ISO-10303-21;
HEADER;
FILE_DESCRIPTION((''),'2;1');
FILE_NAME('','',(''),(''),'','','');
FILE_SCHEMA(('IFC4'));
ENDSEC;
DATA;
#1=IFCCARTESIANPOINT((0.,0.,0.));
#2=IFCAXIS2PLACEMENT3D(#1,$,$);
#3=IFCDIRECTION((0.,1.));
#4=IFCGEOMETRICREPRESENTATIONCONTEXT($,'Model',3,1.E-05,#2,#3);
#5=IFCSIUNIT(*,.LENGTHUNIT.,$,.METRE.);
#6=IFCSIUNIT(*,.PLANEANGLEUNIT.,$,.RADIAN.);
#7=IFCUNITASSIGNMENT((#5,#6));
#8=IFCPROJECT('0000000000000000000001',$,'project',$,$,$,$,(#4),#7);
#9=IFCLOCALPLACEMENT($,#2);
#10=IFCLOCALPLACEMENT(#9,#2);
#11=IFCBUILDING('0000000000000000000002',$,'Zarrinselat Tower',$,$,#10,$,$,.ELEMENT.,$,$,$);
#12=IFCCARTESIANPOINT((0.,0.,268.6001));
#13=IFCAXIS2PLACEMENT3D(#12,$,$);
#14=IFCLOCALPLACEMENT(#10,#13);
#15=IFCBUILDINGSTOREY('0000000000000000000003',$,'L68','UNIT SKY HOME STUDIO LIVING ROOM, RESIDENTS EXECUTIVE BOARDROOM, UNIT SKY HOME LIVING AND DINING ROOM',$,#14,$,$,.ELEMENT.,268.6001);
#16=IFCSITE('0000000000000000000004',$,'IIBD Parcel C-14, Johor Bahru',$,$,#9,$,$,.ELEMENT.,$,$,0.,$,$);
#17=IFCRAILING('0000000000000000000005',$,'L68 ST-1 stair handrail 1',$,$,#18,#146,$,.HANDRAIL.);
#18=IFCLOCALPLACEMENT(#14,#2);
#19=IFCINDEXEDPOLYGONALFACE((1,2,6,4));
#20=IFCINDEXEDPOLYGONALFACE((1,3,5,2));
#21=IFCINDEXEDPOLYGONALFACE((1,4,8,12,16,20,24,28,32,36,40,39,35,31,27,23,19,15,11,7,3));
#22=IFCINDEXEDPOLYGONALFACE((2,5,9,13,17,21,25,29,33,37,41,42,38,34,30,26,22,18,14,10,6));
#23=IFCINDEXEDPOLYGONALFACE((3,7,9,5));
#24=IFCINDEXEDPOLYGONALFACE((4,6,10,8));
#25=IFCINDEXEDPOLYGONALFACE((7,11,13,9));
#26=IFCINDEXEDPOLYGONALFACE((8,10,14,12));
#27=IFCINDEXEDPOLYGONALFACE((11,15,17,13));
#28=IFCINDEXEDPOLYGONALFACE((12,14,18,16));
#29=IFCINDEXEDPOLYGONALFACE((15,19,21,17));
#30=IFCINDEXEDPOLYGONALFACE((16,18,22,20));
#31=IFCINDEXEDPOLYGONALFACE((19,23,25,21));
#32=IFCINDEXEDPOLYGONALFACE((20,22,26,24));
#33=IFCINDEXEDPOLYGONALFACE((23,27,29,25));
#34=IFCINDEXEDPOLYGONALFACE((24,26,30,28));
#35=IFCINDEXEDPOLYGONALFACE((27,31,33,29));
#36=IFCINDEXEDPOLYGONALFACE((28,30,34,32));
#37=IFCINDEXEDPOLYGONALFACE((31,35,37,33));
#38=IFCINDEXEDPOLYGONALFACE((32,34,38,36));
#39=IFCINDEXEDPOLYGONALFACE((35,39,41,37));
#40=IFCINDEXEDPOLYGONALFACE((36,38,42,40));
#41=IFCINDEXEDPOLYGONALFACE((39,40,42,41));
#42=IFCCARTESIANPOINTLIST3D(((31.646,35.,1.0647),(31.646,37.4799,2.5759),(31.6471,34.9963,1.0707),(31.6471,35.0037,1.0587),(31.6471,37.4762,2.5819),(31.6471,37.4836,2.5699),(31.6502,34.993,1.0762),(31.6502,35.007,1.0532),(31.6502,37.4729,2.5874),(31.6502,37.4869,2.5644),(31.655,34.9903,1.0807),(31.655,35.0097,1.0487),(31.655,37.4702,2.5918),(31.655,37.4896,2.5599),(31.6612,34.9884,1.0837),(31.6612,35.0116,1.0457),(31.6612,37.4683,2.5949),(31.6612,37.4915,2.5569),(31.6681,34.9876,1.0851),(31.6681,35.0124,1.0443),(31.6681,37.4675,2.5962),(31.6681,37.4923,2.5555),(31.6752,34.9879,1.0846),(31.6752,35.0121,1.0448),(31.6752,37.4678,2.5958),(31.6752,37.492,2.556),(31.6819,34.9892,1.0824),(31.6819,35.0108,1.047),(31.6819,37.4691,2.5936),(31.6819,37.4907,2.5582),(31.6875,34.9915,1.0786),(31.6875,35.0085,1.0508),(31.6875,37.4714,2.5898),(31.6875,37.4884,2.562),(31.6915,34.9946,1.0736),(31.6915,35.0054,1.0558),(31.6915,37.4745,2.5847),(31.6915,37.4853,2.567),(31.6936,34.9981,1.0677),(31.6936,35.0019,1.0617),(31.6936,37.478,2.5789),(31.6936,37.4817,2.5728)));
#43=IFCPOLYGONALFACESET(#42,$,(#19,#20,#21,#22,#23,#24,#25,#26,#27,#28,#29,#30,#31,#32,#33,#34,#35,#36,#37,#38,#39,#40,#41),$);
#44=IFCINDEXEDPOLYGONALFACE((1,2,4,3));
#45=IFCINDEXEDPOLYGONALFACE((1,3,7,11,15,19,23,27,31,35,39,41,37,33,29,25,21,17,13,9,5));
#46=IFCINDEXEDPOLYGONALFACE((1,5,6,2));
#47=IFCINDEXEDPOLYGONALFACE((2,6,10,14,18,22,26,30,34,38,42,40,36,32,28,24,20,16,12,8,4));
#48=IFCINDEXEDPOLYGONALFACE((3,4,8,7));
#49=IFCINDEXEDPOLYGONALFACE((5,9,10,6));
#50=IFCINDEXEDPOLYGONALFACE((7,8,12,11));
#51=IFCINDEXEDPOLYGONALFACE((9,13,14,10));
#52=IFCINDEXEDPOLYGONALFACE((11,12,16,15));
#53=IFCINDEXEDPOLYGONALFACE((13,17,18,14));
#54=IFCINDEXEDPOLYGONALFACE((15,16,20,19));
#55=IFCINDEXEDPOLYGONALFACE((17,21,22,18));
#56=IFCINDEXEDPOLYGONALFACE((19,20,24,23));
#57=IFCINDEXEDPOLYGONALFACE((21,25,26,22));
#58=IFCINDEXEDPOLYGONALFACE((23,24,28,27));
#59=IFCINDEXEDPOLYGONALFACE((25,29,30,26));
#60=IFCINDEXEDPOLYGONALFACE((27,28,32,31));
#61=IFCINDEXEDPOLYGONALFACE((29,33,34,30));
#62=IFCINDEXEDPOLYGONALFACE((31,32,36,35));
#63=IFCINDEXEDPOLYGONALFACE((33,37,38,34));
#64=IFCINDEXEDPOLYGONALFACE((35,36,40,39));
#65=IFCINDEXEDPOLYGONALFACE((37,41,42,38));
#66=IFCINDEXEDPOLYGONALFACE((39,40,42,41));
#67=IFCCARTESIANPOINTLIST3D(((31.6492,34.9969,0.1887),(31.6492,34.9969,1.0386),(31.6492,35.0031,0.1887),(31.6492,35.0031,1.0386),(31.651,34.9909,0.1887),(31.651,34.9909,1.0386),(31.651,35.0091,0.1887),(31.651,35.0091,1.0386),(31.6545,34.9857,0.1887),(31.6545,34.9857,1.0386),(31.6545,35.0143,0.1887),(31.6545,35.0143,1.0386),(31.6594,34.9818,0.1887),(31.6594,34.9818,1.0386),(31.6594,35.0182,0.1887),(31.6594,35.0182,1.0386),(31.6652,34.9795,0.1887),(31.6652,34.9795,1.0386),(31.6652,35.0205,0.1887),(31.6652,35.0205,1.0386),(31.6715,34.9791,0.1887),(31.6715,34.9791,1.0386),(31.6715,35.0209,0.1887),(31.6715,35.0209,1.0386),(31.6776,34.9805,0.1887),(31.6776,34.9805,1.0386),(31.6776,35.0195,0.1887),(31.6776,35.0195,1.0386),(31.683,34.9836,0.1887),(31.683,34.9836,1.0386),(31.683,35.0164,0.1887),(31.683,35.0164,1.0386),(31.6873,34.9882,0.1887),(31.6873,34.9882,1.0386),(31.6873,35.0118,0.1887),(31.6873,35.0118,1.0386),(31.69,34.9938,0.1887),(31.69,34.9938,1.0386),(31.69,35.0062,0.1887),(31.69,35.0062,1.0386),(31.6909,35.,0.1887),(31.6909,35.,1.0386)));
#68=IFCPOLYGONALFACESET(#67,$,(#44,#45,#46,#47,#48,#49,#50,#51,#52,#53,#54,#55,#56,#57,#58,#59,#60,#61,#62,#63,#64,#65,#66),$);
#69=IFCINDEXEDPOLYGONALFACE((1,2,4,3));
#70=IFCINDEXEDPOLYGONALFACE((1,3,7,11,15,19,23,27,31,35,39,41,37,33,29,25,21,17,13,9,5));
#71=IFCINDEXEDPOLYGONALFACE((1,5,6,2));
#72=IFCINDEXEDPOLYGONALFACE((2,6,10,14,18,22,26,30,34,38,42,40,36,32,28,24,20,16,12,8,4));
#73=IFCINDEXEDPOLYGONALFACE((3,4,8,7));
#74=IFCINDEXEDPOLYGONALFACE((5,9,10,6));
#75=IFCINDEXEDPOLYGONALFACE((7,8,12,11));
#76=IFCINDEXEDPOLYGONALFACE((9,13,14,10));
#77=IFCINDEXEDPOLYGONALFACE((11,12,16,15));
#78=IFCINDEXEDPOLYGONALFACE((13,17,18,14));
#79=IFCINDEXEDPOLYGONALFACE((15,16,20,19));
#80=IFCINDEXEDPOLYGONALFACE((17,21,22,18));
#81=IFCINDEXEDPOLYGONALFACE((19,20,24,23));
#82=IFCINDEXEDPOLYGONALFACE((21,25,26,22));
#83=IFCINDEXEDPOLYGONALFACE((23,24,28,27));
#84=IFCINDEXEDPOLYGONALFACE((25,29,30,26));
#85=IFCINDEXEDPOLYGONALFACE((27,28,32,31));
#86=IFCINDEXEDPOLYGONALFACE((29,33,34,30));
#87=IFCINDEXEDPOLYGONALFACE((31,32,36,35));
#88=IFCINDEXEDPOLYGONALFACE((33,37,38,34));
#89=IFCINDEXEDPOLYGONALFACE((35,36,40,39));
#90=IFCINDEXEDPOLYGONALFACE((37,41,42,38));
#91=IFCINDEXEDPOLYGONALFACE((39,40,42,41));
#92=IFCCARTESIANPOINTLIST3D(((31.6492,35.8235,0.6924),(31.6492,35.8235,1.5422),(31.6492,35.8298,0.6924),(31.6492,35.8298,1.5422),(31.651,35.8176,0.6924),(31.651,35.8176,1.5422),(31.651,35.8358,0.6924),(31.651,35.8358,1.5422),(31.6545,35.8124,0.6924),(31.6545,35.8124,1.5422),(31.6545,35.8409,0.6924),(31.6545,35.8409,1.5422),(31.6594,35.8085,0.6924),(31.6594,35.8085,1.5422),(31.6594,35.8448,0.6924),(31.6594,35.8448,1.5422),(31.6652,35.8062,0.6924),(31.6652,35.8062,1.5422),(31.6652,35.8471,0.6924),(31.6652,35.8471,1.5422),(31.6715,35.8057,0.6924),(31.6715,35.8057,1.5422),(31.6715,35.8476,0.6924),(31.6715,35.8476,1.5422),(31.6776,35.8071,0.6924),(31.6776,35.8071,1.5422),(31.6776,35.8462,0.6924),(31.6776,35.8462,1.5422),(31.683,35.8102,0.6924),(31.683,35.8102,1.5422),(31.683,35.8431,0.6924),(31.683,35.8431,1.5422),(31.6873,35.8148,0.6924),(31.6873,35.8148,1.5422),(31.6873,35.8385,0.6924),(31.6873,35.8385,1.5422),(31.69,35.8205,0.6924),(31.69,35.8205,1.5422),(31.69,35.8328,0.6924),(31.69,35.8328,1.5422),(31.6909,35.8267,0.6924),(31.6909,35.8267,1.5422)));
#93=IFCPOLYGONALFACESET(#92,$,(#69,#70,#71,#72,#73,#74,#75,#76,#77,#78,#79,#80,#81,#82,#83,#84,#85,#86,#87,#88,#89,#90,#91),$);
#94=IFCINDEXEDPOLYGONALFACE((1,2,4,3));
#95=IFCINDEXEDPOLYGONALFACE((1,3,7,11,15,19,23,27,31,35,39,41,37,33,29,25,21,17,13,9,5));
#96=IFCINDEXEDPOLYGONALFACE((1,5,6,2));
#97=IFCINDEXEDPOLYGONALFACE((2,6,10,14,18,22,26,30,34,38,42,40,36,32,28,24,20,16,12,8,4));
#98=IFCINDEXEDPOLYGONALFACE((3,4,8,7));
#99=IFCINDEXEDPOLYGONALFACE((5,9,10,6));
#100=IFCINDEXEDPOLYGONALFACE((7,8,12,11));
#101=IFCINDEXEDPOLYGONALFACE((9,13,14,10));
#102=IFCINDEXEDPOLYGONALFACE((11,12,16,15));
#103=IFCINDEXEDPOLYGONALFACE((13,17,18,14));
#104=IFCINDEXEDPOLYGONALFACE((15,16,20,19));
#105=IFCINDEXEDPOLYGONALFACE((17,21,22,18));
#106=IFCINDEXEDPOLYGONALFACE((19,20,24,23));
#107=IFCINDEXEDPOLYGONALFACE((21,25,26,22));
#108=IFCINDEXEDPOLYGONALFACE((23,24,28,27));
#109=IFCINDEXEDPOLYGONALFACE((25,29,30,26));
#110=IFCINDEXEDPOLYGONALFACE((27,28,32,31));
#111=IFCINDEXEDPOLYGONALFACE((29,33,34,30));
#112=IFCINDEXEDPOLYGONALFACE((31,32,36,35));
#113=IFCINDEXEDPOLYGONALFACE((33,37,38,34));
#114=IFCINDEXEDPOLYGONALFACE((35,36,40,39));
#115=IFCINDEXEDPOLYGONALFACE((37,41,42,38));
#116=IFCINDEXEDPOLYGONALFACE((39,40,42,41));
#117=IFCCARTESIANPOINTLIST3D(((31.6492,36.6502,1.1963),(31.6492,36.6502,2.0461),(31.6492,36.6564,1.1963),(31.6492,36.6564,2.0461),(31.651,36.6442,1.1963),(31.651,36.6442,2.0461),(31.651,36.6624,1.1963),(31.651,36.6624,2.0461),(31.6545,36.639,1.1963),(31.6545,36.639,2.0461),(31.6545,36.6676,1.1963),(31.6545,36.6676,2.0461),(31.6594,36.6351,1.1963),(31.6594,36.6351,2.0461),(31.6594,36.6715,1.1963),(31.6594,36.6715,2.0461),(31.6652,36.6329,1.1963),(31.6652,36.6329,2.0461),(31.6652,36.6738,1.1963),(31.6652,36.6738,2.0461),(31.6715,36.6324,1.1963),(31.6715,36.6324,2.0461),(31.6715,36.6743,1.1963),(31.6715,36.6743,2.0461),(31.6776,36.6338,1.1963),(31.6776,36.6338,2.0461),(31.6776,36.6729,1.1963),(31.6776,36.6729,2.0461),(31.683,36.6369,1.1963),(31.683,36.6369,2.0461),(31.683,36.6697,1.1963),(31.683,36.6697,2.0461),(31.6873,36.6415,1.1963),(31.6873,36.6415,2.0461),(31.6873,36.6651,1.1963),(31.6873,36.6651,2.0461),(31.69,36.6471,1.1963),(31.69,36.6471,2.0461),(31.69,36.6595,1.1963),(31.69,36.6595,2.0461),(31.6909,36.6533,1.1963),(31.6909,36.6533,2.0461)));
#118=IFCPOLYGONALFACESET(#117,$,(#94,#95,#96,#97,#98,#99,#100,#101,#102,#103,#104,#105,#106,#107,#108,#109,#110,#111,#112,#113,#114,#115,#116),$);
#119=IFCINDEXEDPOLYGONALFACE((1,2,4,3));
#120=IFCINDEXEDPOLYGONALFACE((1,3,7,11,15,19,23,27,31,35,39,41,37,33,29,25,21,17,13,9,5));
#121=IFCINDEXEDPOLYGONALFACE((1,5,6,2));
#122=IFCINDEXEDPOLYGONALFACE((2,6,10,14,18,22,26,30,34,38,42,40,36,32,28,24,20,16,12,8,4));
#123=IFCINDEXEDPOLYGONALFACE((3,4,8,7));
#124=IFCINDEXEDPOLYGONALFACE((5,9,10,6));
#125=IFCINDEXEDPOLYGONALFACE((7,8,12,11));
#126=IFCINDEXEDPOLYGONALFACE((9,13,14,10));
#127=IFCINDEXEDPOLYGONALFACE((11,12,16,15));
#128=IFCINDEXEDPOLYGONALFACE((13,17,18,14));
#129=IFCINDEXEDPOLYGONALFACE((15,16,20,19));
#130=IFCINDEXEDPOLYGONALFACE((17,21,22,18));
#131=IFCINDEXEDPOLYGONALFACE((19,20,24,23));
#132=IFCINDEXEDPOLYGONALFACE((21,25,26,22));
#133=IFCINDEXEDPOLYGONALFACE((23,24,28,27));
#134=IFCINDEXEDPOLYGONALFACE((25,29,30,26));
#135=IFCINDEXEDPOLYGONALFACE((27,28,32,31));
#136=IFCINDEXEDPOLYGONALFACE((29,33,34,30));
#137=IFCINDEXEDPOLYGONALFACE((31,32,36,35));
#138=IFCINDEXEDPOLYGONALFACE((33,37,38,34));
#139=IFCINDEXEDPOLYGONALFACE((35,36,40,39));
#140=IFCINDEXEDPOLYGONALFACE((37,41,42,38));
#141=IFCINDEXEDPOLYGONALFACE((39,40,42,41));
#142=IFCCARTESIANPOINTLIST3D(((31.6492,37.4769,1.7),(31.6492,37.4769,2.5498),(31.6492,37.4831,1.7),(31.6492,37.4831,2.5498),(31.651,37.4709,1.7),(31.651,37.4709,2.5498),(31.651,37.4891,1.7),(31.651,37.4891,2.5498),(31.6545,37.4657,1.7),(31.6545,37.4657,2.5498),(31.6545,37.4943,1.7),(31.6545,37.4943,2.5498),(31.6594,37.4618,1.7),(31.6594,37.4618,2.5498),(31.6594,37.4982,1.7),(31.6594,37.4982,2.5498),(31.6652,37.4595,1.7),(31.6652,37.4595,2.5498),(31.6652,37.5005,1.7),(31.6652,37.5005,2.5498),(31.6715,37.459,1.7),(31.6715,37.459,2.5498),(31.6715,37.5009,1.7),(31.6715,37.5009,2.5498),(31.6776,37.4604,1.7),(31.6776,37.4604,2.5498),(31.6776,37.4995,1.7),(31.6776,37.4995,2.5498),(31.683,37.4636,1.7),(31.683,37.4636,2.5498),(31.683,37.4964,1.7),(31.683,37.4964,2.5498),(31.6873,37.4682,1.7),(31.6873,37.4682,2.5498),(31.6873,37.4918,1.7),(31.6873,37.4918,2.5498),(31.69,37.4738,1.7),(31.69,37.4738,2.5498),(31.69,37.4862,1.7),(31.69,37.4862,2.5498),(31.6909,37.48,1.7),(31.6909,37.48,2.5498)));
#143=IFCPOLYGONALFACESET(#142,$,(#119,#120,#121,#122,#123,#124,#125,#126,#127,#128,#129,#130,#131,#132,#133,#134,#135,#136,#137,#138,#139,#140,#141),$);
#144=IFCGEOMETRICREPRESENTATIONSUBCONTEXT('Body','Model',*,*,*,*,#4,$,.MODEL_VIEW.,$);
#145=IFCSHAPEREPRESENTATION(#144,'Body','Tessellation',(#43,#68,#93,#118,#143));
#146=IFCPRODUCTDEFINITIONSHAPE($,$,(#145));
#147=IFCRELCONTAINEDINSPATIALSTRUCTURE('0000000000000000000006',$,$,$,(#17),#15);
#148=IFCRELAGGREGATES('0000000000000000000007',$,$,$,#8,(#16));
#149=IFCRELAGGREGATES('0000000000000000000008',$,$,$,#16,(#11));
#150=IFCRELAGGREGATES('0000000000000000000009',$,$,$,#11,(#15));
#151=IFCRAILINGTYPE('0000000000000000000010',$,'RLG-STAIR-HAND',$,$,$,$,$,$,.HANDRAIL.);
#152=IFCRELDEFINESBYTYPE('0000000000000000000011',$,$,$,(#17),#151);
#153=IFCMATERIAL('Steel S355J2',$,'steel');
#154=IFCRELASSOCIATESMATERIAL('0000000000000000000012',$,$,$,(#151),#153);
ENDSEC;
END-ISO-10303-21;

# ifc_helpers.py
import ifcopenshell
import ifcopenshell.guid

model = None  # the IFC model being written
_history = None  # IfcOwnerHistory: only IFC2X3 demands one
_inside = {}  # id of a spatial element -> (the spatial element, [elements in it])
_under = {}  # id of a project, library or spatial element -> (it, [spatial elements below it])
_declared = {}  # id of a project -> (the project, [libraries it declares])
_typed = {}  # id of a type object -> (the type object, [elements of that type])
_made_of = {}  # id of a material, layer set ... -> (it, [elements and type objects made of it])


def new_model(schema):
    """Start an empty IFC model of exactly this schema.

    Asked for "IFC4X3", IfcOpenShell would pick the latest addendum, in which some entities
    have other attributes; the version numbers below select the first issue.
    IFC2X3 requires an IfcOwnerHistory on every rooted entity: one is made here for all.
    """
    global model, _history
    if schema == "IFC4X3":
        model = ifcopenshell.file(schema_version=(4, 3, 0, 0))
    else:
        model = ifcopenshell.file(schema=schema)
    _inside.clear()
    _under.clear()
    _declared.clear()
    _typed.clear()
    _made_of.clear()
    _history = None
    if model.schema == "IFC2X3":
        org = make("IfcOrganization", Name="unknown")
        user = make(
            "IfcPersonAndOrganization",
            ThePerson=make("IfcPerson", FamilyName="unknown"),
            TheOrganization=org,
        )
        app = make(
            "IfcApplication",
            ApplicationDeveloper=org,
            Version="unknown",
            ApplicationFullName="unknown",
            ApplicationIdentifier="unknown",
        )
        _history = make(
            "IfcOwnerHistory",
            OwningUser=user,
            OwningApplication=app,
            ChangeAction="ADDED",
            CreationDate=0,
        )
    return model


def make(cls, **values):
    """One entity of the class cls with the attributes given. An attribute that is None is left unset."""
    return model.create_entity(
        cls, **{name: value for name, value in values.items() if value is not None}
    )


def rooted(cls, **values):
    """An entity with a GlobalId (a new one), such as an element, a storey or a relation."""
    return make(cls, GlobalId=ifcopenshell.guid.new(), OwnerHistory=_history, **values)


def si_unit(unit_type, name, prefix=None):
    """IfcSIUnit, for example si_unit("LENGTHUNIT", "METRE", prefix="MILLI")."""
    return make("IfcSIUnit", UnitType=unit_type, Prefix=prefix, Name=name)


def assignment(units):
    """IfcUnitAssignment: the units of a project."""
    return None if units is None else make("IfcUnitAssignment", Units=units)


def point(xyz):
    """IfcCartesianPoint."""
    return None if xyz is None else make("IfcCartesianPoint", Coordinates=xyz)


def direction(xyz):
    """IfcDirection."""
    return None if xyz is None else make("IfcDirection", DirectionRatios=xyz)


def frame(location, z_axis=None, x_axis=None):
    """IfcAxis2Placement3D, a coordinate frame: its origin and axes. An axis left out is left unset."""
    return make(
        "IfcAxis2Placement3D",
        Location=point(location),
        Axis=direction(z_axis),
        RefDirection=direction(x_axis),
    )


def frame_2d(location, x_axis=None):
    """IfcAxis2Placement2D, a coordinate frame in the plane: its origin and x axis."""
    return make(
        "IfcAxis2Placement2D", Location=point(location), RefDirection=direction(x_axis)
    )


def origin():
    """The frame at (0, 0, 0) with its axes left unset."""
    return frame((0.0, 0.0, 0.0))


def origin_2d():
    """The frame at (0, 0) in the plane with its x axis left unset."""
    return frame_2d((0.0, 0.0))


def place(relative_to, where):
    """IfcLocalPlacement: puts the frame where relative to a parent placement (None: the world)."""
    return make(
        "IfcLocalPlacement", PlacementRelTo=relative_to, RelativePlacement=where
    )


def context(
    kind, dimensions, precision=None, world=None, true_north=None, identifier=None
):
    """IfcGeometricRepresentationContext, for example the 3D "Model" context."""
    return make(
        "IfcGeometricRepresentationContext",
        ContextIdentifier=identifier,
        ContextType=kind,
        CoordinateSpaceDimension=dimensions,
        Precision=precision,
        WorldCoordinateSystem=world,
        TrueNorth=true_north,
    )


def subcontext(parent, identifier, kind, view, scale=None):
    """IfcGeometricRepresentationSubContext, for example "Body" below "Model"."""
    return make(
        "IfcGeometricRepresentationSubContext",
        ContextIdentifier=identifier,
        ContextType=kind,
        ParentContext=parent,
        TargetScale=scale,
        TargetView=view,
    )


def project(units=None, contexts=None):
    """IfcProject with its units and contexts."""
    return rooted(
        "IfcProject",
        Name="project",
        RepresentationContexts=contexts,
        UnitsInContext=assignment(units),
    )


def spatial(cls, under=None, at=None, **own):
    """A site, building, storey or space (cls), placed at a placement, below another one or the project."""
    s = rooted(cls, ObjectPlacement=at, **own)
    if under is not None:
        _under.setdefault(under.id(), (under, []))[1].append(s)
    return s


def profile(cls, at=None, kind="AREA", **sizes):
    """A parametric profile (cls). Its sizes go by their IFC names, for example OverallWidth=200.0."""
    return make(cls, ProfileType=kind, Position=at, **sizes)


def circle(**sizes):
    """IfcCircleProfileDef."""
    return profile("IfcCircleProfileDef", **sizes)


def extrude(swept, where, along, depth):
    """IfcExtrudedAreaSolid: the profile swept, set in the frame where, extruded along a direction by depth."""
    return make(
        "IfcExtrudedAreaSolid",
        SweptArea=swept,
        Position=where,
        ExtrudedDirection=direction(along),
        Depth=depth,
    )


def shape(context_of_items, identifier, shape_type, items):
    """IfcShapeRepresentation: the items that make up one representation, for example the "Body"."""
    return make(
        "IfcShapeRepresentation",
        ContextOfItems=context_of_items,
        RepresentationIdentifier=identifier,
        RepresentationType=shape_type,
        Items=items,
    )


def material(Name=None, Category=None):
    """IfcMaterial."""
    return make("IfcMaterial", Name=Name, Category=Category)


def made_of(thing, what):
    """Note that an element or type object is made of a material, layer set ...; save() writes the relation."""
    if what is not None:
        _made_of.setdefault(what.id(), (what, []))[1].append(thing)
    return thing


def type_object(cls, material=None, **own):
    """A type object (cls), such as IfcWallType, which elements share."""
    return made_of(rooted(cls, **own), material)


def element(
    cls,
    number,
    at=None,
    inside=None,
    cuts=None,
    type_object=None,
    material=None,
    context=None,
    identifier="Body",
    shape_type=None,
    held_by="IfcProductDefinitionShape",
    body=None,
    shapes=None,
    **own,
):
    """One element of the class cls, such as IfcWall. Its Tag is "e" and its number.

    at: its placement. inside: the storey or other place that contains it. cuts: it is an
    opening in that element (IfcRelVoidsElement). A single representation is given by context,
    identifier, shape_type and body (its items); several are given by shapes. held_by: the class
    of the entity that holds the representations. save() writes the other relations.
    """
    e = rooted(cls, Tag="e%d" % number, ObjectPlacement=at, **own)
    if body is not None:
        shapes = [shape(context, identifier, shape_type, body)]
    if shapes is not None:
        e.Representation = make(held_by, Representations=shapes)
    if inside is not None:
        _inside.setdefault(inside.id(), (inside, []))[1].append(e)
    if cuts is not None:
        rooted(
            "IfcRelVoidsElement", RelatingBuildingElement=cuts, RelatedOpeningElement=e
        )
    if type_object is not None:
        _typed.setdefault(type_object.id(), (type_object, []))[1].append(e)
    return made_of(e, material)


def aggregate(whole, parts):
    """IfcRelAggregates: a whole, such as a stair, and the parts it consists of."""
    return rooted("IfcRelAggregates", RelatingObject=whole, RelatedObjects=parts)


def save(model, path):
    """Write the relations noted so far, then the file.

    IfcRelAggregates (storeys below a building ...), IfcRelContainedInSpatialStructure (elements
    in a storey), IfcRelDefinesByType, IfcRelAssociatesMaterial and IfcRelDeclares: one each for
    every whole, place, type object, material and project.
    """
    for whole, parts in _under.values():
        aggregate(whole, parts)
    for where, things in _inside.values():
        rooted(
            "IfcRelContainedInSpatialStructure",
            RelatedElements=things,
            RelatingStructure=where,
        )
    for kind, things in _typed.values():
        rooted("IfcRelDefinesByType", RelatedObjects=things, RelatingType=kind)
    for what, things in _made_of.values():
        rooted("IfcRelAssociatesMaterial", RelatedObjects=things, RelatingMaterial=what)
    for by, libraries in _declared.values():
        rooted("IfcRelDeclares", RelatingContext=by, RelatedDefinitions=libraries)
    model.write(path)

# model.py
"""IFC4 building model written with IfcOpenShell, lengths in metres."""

from ifc_helpers import new_model, si_unit, direction, frame, origin, origin_2d, place, context, subcontext, project, spatial, circle, extrude, material, type_object, element, save


model = new_model("IFC4")

# Units and contexts
model_context = context("Model", 3, precision=1e-05, world=origin(), true_north=direction((0.0, 1.0)))
body_context = subcontext(model_context, "Body", "Model", "MODEL_VIEW")
ifc_project = project(units=[si_unit("LENGTHUNIT", "METRE"), si_unit("PLANEANGLEUNIT", "RADIAN")], contexts=[model_context])

# Site, building, storey
site_placement = place(None, origin())
site = spatial("IfcSite", under=ifc_project, at=site_placement, Name="IIBD Parcel C-14, Johor Bahru", CompositionType="ELEMENT", RefElevation=0.0)
building_placement = place(site_placement, origin())
building = spatial("IfcBuilding", under=site, at=building_placement, Name="Zarrinselat Tower", CompositionType="ELEMENT")
storey_placement = place(building_placement, frame((0.0, 0.0, 268.6001)))
storey = spatial("IfcBuildingStorey", under=building, at=storey_placement, Name="L68", Description="UNIT SKY HOME STUDIO LIVING ROOM, RESIDENTS EXECUTIVE BOARDROOM, UNIT SKY HOME LIVING AND DINING ROOM", CompositionType="ELEMENT", Elevation=268.6001)

# Railing
ifc_material_1 = material(Name="Steel S355J2", Category="steel")
railing_type_1 = type_object("IfcRailingType", Name="RLG-STAIR-HAND", PredefinedType="HANDRAIL", material=ifc_material_1)
railing_1_placement = place(storey_placement, frame((31.6699, 35.0, 0.1887)))
element("IfcRailing", 1, at=railing_1_placement, inside=storey, type_object=railing_type_1, Name="L68 ST-1 stair handrail 1", PredefinedType="HANDRAIL", context=body_context, shape_type="SweptSolid", body=[
    extrude(circle(Radius=0.0239, at=origin_2d()), frame((0.0, 0.0, 0.876), z_axis=(0.0, 0.853942, 0.520368), x_axis=(-1.0, 0.0, 0.0)), (0.0, 0.0, 1.0), 2.9041),
    extrude(circle(Radius=0.021, at=origin_2d()), origin(), (0.0, 0.0, 1.0), 0.8499),
    extrude(circle(Radius=0.021, at=origin_2d()), frame((0.0, 0.8267, 0.5037)), (0.0, 0.0, 1.0), 0.8499),
    extrude(circle(Radius=0.021, at=origin_2d()), frame((0.0, 1.6533, 1.0076)), (0.0, 0.0, 1.0), 0.8499),
    extrude(circle(Radius=0.021, at=origin_2d()), frame((0.0, 2.48, 1.5112)), (0.0, 0.0, 1.0), 0.8499),
])

save(model, "model.ifc")
